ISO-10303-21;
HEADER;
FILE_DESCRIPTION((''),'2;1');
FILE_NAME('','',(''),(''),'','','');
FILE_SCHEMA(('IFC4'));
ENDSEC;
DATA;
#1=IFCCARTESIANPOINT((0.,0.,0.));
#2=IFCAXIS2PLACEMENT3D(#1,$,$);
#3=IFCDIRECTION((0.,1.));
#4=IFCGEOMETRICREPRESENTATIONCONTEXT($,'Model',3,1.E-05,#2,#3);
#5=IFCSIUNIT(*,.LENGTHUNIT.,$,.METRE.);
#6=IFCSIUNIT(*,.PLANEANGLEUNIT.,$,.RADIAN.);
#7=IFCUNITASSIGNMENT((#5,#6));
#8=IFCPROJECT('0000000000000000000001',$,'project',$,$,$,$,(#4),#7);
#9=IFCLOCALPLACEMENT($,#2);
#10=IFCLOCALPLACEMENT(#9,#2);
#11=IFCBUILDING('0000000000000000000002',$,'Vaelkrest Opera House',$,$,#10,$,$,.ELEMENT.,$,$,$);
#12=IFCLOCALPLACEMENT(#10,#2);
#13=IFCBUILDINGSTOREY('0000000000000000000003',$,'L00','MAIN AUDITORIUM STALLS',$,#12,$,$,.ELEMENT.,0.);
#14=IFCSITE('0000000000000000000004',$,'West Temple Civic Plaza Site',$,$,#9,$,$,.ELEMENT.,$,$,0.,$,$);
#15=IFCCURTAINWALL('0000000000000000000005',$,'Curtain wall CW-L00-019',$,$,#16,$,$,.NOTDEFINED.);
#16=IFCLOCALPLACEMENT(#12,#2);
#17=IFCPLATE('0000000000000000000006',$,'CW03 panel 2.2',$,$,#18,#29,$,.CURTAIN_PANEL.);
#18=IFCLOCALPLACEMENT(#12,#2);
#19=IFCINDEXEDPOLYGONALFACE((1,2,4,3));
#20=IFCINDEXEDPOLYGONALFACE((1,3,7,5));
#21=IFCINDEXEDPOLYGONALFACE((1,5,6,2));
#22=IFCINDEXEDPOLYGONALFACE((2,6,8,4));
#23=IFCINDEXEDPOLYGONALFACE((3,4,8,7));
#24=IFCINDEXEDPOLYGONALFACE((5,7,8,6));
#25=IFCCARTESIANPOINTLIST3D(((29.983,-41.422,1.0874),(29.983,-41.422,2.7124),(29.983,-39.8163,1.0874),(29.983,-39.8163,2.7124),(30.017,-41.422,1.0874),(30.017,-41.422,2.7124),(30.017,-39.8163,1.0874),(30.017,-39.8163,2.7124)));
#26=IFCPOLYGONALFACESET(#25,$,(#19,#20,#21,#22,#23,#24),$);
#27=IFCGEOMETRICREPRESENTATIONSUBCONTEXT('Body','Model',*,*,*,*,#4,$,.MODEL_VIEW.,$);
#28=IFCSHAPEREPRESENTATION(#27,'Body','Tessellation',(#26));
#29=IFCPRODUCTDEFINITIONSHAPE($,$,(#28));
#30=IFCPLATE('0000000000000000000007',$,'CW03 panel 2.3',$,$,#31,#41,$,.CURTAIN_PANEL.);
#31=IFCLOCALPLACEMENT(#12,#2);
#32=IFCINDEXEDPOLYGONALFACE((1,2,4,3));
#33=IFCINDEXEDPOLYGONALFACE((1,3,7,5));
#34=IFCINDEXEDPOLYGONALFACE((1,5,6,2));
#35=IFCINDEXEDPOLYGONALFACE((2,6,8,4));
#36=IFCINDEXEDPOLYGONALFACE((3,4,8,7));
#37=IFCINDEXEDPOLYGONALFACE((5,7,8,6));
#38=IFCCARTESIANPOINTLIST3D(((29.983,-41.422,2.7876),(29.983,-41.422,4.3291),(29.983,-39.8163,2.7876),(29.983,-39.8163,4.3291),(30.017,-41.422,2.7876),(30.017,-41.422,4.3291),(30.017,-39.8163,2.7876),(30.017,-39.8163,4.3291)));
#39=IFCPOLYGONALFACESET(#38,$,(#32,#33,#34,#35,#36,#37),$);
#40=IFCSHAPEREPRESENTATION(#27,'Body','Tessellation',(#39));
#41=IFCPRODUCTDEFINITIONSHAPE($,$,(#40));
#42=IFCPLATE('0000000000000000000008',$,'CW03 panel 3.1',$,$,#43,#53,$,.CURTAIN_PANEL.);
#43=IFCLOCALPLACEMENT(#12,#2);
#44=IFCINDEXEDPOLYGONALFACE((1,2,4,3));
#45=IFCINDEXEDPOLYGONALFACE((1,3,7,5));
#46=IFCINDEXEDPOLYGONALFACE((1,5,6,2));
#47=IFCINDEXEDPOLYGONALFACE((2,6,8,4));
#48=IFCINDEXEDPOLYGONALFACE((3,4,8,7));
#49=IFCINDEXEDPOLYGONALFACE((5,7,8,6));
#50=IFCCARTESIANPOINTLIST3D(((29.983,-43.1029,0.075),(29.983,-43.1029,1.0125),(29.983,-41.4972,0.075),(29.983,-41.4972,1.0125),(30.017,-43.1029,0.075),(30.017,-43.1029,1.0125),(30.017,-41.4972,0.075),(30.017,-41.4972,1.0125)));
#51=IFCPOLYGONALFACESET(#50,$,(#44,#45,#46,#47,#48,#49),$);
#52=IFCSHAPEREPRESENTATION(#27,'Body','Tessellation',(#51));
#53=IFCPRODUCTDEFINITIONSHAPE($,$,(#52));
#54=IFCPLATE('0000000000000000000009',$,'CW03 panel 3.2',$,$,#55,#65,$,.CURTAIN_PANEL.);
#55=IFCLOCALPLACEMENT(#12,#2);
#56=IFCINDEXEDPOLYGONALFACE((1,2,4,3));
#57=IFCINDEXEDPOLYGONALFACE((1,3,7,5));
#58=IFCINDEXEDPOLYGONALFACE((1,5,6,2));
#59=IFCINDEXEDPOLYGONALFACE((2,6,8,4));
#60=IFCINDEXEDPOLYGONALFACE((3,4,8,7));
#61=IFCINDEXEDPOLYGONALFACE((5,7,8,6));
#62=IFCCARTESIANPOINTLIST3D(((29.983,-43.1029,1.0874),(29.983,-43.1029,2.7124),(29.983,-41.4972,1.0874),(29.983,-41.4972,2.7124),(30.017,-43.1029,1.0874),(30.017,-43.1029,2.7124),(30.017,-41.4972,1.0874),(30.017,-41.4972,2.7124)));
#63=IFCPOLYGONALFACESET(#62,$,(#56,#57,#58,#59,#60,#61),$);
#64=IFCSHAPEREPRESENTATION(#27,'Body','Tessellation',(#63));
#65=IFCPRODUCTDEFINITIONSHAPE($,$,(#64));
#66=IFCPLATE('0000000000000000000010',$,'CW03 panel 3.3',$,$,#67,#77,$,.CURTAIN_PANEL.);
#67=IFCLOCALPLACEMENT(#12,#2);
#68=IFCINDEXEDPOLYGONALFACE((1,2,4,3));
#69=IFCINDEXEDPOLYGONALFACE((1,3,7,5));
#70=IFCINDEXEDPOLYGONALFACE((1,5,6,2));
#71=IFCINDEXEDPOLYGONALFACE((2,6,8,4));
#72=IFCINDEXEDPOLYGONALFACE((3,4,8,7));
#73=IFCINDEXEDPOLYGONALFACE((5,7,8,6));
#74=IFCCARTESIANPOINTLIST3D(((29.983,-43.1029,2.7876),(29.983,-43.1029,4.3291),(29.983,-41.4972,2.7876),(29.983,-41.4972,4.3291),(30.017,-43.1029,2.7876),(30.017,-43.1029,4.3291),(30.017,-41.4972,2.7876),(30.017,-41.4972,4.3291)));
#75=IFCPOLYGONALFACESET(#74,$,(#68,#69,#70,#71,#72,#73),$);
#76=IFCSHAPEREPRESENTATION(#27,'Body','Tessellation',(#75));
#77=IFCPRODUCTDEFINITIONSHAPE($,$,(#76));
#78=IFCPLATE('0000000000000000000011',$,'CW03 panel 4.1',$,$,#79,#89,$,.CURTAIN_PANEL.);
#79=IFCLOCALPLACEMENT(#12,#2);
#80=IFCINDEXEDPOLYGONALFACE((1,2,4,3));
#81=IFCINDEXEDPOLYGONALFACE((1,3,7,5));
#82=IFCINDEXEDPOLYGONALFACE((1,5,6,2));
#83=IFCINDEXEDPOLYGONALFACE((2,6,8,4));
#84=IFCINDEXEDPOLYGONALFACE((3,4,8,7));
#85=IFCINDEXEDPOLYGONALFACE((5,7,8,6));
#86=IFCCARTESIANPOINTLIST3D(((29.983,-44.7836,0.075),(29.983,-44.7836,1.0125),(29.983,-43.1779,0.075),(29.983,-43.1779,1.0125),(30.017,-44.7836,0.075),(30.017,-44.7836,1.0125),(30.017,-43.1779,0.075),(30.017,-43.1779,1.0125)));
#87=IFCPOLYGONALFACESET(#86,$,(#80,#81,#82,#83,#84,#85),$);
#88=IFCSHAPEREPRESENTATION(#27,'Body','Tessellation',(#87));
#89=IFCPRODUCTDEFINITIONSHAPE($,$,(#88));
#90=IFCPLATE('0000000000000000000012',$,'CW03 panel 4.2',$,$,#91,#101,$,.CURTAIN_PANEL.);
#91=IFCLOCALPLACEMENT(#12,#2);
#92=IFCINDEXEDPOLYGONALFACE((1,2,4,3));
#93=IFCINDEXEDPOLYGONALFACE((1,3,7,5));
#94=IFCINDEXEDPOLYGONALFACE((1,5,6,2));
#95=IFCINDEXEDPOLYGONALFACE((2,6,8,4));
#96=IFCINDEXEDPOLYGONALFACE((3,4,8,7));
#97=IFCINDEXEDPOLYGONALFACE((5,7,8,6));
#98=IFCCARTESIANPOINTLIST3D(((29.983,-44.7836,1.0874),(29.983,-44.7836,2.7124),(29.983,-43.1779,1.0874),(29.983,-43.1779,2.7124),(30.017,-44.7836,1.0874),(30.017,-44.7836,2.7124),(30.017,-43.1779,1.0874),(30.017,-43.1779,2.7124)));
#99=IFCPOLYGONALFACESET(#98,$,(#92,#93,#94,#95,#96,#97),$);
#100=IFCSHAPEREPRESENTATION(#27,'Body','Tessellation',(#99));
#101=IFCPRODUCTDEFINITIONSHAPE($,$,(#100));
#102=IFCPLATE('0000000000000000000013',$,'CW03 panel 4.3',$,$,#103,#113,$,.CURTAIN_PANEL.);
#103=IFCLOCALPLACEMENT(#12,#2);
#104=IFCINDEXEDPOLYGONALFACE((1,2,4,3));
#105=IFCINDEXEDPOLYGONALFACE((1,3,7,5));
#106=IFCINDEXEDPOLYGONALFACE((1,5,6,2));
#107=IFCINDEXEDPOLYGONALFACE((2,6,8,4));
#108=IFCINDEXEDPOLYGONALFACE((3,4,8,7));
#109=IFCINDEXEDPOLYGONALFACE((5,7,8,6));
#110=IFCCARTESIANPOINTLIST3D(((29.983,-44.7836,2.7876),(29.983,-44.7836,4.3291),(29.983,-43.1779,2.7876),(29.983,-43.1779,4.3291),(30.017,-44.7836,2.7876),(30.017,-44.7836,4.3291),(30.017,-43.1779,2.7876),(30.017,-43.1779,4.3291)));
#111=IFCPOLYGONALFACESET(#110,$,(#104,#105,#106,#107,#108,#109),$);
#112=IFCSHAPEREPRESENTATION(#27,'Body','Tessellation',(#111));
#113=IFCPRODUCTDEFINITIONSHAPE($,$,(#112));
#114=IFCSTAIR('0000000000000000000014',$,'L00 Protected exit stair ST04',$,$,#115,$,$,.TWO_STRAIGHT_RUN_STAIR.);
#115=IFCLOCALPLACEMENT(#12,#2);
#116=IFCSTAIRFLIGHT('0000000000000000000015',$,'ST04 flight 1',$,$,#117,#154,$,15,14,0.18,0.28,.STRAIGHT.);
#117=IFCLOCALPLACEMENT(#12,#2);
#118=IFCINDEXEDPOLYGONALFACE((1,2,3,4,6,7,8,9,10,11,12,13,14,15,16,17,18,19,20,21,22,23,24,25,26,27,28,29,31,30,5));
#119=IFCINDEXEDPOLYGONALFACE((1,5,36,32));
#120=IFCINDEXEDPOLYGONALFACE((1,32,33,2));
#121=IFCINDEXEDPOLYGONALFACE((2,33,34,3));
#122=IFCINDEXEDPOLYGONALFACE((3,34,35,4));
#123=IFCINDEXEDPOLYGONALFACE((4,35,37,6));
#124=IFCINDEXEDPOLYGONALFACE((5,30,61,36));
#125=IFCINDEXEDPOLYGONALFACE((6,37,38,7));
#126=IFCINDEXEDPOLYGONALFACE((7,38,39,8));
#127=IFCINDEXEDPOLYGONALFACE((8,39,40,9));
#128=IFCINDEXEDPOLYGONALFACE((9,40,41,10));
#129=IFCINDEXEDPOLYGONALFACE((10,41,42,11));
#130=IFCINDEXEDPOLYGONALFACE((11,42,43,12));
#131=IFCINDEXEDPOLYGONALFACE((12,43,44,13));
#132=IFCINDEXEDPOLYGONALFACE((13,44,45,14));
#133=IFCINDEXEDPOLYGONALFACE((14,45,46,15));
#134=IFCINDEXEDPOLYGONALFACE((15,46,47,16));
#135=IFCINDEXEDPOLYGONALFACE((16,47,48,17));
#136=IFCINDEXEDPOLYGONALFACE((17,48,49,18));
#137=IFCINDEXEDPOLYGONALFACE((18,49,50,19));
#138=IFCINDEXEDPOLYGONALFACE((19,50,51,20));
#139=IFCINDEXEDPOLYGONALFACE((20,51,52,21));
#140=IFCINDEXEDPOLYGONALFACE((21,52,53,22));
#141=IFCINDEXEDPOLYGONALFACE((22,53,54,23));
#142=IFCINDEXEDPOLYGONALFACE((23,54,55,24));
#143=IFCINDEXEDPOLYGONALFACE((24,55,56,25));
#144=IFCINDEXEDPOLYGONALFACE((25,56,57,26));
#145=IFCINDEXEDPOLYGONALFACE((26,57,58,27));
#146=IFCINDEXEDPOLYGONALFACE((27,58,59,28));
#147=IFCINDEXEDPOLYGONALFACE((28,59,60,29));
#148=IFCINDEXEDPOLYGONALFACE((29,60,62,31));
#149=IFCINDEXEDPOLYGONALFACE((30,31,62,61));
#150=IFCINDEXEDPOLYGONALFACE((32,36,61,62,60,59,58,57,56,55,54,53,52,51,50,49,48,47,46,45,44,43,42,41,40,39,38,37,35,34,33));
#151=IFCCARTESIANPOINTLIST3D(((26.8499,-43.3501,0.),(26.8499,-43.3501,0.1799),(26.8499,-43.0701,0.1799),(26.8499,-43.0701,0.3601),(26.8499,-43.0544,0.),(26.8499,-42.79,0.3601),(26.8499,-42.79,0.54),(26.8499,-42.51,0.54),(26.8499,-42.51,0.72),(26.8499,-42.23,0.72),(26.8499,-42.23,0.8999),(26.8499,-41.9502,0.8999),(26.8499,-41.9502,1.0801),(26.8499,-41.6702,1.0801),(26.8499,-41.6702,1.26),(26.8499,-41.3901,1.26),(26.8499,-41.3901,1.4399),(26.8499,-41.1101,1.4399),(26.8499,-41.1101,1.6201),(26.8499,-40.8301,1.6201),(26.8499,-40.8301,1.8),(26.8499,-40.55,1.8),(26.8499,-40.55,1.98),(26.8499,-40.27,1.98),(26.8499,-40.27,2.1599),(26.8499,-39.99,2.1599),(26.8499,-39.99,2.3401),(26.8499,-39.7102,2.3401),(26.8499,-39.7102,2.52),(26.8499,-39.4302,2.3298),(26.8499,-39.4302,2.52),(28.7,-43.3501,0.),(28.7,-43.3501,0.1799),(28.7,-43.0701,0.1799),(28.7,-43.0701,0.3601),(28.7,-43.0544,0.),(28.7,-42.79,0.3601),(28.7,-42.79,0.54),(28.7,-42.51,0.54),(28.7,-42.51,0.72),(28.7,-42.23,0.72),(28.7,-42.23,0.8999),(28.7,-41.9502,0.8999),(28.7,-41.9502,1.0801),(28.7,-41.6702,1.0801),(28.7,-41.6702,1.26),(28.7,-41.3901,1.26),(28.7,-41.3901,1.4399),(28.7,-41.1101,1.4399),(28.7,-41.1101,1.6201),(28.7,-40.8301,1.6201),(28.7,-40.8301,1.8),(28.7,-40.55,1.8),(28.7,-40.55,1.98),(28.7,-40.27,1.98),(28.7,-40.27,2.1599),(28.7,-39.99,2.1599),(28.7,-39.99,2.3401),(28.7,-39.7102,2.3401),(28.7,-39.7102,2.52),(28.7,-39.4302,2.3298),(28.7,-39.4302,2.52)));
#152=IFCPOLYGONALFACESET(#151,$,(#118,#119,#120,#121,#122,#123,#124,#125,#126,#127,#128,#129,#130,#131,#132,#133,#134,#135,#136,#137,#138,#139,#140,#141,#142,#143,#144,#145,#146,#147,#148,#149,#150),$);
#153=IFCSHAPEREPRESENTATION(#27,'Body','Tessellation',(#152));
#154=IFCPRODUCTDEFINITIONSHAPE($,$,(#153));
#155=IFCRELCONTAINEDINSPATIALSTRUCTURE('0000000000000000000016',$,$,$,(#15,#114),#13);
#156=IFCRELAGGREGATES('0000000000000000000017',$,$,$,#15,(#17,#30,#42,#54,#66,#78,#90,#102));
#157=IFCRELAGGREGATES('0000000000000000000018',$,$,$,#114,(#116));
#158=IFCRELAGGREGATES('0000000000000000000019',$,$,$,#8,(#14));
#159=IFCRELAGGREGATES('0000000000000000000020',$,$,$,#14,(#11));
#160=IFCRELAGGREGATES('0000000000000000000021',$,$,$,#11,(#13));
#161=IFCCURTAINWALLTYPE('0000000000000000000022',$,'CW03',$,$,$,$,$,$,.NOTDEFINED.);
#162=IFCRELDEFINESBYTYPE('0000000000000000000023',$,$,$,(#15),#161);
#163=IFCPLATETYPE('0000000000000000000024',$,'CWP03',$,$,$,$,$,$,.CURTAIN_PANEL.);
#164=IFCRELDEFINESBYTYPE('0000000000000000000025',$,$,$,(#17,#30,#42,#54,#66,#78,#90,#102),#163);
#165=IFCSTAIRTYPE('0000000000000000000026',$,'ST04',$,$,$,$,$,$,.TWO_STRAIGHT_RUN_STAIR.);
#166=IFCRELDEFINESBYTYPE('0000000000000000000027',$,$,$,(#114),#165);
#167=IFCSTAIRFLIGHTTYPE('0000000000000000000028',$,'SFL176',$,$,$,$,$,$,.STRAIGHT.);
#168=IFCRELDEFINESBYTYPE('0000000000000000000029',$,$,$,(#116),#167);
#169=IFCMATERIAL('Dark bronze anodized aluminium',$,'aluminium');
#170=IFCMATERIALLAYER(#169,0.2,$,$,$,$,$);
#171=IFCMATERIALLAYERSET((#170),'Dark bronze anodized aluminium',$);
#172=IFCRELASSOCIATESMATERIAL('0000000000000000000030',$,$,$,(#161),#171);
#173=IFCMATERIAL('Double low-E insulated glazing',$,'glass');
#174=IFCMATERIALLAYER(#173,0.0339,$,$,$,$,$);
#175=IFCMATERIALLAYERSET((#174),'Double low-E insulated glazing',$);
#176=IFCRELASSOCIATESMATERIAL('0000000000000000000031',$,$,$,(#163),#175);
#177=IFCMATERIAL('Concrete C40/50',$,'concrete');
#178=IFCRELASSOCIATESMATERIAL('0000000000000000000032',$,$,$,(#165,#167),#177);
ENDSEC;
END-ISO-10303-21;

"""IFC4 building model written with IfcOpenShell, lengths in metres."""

from ifc_helpers import new_model, si_unit, direction, frame, origin, origin_2d, place, context, subcontext, project, spatial, polyline, rectangle, outline, extrude, material, layer, layer_set, type_object, element, aggregate, save


model = new_model("IFC4")

# Units and contexts
model_context = context("Model", 3, precision=1e-05, world=origin(), true_north=direction((0.0, 1.0)))
body_context = subcontext(model_context, "Body", "Model", "MODEL_VIEW")
ifc_project = project(units=[si_unit("LENGTHUNIT", "METRE"), si_unit("PLANEANGLEUNIT", "RADIAN")], contexts=[model_context])

# Site, building, storey
site_placement = place(None, origin())
site = spatial("IfcSite", under=ifc_project, at=site_placement, Name="West Temple Civic Plaza Site", CompositionType="ELEMENT", RefElevation=0.0)
building_placement = place(site_placement, origin())
building = spatial("IfcBuilding", under=site, at=building_placement, Name="Vaelkrest Opera House", CompositionType="ELEMENT")
storey_placement = place(building_placement, origin())
storey = spatial("IfcBuildingStorey", under=building, at=storey_placement, Name="L00", Description="MAIN AUDITORIUM STALLS", CompositionType="ELEMENT", Elevation=0.0)

# Curtain wall, plates
ifc_material_1 = material(Name="Dark bronze anodized aluminium", Category="aluminium")
ifc_layer_1 = layer(ifc_material_1, 0.2)
ifc_layer_set_1 = layer_set([ifc_layer_1], Name="Dark bronze anodized aluminium")
curtain_wall_type = type_object("IfcCurtainWallType", Name="CW03", PredefinedType="NOTDEFINED", material=ifc_layer_set_1)
curtain_wall_placement = place(storey_placement, origin())
curtain_wall = element("IfcCurtainWall", 1, at=curtain_wall_placement, inside=storey, type_object=curtain_wall_type, Name="Curtain wall CW-L00-019", PredefinedType="NOTDEFINED")
ifc_material_2 = material(Name="Double low-E insulated glazing", Category="glass")
ifc_layer_2 = layer(ifc_material_2, 0.0339)
ifc_layer_set_2 = layer_set([ifc_layer_2], Name="Double low-E insulated glazing")
plate_type = type_object("IfcPlateType", Name="CWP03", PredefinedType="CURTAIN_PANEL", material=ifc_layer_set_2)
plate_1_placement = place(storey_placement, frame((30.0, -40.6191, 1.0874), z_axis=(0.0, 0.0, 1.0), x_axis=(0.0, -1.0, 0.0)))
plate_1 = element("IfcPlate", 2, at=plate_1_placement, type_object=plate_type, Name="CW03 panel 2.2", PredefinedType="CURTAIN_PANEL", context=body_context, shape_type="SweptSolid", body=[
    extrude(rectangle(XDim=1.6057, YDim=0.0339, at=origin_2d()), origin(), (0.0, 0.0, 1.0), 1.625),
])
plate_2_placement = place(storey_placement, frame((30.0, -40.6191, 2.7876), z_axis=(0.0, 0.0, 1.0), x_axis=(0.0, -1.0, 0.0)))
plate_2 = element("IfcPlate", 3, at=plate_2_placement, type_object=plate_type, Name="CW03 panel 2.3", PredefinedType="CURTAIN_PANEL", context=body_context, shape_type="SweptSolid", body=[
    extrude(rectangle(XDim=1.6057, YDim=0.0339, at=origin_2d()), origin(), (0.0, 0.0, 1.0), 1.5415),
])
plate_3_placement = place(storey_placement, frame((30.0, -42.3, 0.075), z_axis=(0.0, 0.0, 1.0), x_axis=(0.0, -1.0, 0.0)))
plate_3 = element("IfcPlate", 4, at=plate_3_placement, type_object=plate_type, Name="CW03 panel 3.1", PredefinedType="CURTAIN_PANEL", context=body_context, shape_type="SweptSolid", body=[
    extrude(rectangle(XDim=1.6057, YDim=0.0339, at=origin_2d()), origin(), (0.0, 0.0, 1.0), 0.9375),
])
plate_4_placement = place(storey_placement, frame((30.0, -42.3, 1.0874), z_axis=(0.0, 0.0, 1.0), x_axis=(0.0, -1.0, 0.0)))
plate_4 = element("IfcPlate", 5, at=plate_4_placement, type_object=plate_type, Name="CW03 panel 3.2", PredefinedType="CURTAIN_PANEL", context=body_context, shape_type="SweptSolid", body=[
    extrude(rectangle(XDim=1.6057, YDim=0.0339, at=origin_2d()), origin(), (0.0, 0.0, 1.0), 1.625),
])
plate_5_placement = place(storey_placement, frame((30.0, -42.3, 2.7876), z_axis=(0.0, 0.0, 1.0), x_axis=(0.0, -1.0, 0.0)))
plate_5 = element("IfcPlate", 6, at=plate_5_placement, type_object=plate_type, Name="CW03 panel 3.3", PredefinedType="CURTAIN_PANEL", context=body_context, shape_type="SweptSolid", body=[
    extrude(rectangle(XDim=1.6057, YDim=0.0339, at=origin_2d()), origin(), (0.0, 0.0, 1.0), 1.5415),
])
plate_6_placement = place(storey_placement, frame((30.0, -43.9807, 0.075), z_axis=(0.0, 0.0, 1.0), x_axis=(0.0, -1.0, 0.0)))
plate_6 = element("IfcPlate", 7, at=plate_6_placement, type_object=plate_type, Name="CW03 panel 4.1", PredefinedType="CURTAIN_PANEL", context=body_context, shape_type="SweptSolid", body=[
    extrude(rectangle(XDim=1.6057, YDim=0.0339, at=origin_2d()), origin(), (0.0, 0.0, 1.0), 0.9375),
])
plate_7_placement = place(storey_placement, frame((30.0, -43.9807, 1.0874), z_axis=(0.0, 0.0, 1.0), x_axis=(0.0, -1.0, 0.0)))
plate_7 = element("IfcPlate", 8, at=plate_7_placement, type_object=plate_type, Name="CW03 panel 4.2", PredefinedType="CURTAIN_PANEL", context=body_context, shape_type="SweptSolid", body=[
    extrude(rectangle(XDim=1.6057, YDim=0.0339, at=origin_2d()), origin(), (0.0, 0.0, 1.0), 1.625),
])
plate_8_placement = place(storey_placement, frame((30.0, -43.9807, 2.7876), z_axis=(0.0, 0.0, 1.0), x_axis=(0.0, -1.0, 0.0)))
plate_8 = element("IfcPlate", 9, at=plate_8_placement, type_object=plate_type, Name="CW03 panel 4.3", PredefinedType="CURTAIN_PANEL", context=body_context, shape_type="SweptSolid", body=[
    extrude(rectangle(XDim=1.6057, YDim=0.0339, at=origin_2d()), origin(), (0.0, 0.0, 1.0), 1.5415),
])
aggregate(curtain_wall, [plate_1, plate_2, plate_3, plate_4, plate_5, plate_6, plate_7, plate_8])

# Stair, stair flight
ifc_material_3 = material(Name="Concrete C40/50", Category="concrete")
stair_type = type_object("IfcStairType", Name="ST04", PredefinedType="TWO_STRAIGHT_RUN_STAIR", material=ifc_material_3)
stair_placement = place(storey_placement, origin())
stair = element("IfcStair", 10, at=stair_placement, inside=storey, type_object=stair_type, Name="L00 Protected exit stair ST04", PredefinedType="TWO_STRAIGHT_RUN_STAIR")
stair_flight_type = type_object("IfcStairFlightType", Name="SFL176", PredefinedType="STRAIGHT", material=ifc_material_3)
stair_flight_placement = place(storey_placement, frame((27.7749, -43.3501, 0.0), z_axis=(0.0, 0.0, 1.0), x_axis=(0.0, 1.0, 0.0)))
stair_flight = element("IfcStairFlight", 11, at=stair_flight_placement, type_object=stair_flight_type, Name="ST04 flight 1", NumberOfRisers=15, NumberOfTreads=14, PredefinedType="STRAIGHT", RiserHeight=0.18, TreadLength=0.28, context=body_context, shape_type="SweptSolid", body=[
    extrude(outline(polyline([(0.0, 0.0), (0.0, 0.1799), (0.28, 0.1799), (0.28, 0.3601), (0.5601, 0.3601), (0.5601, 0.54), (0.8401, 0.54), (0.8401, 0.72), (1.1201, 0.72), (1.1201, 0.8999), (1.3999, 0.8999), (1.3999, 1.0801), (1.6799, 1.0801), (1.6799, 1.26), (1.96, 1.26), (1.96, 1.4399), (2.24, 1.4399), (2.24, 1.6201), (2.52, 1.6201), (2.52, 1.8), (2.8, 1.8), (2.8, 1.98), (3.0801, 1.98), (3.0801, 2.1599), (3.3601, 2.1599), (3.3601, 2.3401), (3.6399, 2.3401), (3.6399, 2.52), (3.9199, 2.52), (3.9199, 2.7), (3.9199, 2.3298), (0.2957, 0.0), (0.0, 0.0)])), frame((0.0, 0.925, 0.0), z_axis=(0.0, -1.0, 0.0), x_axis=(1.0, 0.0, 0.0)), (0.0, 0.0, 1.0), 1.8501),
])
aggregate(stair, [stair_flight])

save(model, "model.ifc")
